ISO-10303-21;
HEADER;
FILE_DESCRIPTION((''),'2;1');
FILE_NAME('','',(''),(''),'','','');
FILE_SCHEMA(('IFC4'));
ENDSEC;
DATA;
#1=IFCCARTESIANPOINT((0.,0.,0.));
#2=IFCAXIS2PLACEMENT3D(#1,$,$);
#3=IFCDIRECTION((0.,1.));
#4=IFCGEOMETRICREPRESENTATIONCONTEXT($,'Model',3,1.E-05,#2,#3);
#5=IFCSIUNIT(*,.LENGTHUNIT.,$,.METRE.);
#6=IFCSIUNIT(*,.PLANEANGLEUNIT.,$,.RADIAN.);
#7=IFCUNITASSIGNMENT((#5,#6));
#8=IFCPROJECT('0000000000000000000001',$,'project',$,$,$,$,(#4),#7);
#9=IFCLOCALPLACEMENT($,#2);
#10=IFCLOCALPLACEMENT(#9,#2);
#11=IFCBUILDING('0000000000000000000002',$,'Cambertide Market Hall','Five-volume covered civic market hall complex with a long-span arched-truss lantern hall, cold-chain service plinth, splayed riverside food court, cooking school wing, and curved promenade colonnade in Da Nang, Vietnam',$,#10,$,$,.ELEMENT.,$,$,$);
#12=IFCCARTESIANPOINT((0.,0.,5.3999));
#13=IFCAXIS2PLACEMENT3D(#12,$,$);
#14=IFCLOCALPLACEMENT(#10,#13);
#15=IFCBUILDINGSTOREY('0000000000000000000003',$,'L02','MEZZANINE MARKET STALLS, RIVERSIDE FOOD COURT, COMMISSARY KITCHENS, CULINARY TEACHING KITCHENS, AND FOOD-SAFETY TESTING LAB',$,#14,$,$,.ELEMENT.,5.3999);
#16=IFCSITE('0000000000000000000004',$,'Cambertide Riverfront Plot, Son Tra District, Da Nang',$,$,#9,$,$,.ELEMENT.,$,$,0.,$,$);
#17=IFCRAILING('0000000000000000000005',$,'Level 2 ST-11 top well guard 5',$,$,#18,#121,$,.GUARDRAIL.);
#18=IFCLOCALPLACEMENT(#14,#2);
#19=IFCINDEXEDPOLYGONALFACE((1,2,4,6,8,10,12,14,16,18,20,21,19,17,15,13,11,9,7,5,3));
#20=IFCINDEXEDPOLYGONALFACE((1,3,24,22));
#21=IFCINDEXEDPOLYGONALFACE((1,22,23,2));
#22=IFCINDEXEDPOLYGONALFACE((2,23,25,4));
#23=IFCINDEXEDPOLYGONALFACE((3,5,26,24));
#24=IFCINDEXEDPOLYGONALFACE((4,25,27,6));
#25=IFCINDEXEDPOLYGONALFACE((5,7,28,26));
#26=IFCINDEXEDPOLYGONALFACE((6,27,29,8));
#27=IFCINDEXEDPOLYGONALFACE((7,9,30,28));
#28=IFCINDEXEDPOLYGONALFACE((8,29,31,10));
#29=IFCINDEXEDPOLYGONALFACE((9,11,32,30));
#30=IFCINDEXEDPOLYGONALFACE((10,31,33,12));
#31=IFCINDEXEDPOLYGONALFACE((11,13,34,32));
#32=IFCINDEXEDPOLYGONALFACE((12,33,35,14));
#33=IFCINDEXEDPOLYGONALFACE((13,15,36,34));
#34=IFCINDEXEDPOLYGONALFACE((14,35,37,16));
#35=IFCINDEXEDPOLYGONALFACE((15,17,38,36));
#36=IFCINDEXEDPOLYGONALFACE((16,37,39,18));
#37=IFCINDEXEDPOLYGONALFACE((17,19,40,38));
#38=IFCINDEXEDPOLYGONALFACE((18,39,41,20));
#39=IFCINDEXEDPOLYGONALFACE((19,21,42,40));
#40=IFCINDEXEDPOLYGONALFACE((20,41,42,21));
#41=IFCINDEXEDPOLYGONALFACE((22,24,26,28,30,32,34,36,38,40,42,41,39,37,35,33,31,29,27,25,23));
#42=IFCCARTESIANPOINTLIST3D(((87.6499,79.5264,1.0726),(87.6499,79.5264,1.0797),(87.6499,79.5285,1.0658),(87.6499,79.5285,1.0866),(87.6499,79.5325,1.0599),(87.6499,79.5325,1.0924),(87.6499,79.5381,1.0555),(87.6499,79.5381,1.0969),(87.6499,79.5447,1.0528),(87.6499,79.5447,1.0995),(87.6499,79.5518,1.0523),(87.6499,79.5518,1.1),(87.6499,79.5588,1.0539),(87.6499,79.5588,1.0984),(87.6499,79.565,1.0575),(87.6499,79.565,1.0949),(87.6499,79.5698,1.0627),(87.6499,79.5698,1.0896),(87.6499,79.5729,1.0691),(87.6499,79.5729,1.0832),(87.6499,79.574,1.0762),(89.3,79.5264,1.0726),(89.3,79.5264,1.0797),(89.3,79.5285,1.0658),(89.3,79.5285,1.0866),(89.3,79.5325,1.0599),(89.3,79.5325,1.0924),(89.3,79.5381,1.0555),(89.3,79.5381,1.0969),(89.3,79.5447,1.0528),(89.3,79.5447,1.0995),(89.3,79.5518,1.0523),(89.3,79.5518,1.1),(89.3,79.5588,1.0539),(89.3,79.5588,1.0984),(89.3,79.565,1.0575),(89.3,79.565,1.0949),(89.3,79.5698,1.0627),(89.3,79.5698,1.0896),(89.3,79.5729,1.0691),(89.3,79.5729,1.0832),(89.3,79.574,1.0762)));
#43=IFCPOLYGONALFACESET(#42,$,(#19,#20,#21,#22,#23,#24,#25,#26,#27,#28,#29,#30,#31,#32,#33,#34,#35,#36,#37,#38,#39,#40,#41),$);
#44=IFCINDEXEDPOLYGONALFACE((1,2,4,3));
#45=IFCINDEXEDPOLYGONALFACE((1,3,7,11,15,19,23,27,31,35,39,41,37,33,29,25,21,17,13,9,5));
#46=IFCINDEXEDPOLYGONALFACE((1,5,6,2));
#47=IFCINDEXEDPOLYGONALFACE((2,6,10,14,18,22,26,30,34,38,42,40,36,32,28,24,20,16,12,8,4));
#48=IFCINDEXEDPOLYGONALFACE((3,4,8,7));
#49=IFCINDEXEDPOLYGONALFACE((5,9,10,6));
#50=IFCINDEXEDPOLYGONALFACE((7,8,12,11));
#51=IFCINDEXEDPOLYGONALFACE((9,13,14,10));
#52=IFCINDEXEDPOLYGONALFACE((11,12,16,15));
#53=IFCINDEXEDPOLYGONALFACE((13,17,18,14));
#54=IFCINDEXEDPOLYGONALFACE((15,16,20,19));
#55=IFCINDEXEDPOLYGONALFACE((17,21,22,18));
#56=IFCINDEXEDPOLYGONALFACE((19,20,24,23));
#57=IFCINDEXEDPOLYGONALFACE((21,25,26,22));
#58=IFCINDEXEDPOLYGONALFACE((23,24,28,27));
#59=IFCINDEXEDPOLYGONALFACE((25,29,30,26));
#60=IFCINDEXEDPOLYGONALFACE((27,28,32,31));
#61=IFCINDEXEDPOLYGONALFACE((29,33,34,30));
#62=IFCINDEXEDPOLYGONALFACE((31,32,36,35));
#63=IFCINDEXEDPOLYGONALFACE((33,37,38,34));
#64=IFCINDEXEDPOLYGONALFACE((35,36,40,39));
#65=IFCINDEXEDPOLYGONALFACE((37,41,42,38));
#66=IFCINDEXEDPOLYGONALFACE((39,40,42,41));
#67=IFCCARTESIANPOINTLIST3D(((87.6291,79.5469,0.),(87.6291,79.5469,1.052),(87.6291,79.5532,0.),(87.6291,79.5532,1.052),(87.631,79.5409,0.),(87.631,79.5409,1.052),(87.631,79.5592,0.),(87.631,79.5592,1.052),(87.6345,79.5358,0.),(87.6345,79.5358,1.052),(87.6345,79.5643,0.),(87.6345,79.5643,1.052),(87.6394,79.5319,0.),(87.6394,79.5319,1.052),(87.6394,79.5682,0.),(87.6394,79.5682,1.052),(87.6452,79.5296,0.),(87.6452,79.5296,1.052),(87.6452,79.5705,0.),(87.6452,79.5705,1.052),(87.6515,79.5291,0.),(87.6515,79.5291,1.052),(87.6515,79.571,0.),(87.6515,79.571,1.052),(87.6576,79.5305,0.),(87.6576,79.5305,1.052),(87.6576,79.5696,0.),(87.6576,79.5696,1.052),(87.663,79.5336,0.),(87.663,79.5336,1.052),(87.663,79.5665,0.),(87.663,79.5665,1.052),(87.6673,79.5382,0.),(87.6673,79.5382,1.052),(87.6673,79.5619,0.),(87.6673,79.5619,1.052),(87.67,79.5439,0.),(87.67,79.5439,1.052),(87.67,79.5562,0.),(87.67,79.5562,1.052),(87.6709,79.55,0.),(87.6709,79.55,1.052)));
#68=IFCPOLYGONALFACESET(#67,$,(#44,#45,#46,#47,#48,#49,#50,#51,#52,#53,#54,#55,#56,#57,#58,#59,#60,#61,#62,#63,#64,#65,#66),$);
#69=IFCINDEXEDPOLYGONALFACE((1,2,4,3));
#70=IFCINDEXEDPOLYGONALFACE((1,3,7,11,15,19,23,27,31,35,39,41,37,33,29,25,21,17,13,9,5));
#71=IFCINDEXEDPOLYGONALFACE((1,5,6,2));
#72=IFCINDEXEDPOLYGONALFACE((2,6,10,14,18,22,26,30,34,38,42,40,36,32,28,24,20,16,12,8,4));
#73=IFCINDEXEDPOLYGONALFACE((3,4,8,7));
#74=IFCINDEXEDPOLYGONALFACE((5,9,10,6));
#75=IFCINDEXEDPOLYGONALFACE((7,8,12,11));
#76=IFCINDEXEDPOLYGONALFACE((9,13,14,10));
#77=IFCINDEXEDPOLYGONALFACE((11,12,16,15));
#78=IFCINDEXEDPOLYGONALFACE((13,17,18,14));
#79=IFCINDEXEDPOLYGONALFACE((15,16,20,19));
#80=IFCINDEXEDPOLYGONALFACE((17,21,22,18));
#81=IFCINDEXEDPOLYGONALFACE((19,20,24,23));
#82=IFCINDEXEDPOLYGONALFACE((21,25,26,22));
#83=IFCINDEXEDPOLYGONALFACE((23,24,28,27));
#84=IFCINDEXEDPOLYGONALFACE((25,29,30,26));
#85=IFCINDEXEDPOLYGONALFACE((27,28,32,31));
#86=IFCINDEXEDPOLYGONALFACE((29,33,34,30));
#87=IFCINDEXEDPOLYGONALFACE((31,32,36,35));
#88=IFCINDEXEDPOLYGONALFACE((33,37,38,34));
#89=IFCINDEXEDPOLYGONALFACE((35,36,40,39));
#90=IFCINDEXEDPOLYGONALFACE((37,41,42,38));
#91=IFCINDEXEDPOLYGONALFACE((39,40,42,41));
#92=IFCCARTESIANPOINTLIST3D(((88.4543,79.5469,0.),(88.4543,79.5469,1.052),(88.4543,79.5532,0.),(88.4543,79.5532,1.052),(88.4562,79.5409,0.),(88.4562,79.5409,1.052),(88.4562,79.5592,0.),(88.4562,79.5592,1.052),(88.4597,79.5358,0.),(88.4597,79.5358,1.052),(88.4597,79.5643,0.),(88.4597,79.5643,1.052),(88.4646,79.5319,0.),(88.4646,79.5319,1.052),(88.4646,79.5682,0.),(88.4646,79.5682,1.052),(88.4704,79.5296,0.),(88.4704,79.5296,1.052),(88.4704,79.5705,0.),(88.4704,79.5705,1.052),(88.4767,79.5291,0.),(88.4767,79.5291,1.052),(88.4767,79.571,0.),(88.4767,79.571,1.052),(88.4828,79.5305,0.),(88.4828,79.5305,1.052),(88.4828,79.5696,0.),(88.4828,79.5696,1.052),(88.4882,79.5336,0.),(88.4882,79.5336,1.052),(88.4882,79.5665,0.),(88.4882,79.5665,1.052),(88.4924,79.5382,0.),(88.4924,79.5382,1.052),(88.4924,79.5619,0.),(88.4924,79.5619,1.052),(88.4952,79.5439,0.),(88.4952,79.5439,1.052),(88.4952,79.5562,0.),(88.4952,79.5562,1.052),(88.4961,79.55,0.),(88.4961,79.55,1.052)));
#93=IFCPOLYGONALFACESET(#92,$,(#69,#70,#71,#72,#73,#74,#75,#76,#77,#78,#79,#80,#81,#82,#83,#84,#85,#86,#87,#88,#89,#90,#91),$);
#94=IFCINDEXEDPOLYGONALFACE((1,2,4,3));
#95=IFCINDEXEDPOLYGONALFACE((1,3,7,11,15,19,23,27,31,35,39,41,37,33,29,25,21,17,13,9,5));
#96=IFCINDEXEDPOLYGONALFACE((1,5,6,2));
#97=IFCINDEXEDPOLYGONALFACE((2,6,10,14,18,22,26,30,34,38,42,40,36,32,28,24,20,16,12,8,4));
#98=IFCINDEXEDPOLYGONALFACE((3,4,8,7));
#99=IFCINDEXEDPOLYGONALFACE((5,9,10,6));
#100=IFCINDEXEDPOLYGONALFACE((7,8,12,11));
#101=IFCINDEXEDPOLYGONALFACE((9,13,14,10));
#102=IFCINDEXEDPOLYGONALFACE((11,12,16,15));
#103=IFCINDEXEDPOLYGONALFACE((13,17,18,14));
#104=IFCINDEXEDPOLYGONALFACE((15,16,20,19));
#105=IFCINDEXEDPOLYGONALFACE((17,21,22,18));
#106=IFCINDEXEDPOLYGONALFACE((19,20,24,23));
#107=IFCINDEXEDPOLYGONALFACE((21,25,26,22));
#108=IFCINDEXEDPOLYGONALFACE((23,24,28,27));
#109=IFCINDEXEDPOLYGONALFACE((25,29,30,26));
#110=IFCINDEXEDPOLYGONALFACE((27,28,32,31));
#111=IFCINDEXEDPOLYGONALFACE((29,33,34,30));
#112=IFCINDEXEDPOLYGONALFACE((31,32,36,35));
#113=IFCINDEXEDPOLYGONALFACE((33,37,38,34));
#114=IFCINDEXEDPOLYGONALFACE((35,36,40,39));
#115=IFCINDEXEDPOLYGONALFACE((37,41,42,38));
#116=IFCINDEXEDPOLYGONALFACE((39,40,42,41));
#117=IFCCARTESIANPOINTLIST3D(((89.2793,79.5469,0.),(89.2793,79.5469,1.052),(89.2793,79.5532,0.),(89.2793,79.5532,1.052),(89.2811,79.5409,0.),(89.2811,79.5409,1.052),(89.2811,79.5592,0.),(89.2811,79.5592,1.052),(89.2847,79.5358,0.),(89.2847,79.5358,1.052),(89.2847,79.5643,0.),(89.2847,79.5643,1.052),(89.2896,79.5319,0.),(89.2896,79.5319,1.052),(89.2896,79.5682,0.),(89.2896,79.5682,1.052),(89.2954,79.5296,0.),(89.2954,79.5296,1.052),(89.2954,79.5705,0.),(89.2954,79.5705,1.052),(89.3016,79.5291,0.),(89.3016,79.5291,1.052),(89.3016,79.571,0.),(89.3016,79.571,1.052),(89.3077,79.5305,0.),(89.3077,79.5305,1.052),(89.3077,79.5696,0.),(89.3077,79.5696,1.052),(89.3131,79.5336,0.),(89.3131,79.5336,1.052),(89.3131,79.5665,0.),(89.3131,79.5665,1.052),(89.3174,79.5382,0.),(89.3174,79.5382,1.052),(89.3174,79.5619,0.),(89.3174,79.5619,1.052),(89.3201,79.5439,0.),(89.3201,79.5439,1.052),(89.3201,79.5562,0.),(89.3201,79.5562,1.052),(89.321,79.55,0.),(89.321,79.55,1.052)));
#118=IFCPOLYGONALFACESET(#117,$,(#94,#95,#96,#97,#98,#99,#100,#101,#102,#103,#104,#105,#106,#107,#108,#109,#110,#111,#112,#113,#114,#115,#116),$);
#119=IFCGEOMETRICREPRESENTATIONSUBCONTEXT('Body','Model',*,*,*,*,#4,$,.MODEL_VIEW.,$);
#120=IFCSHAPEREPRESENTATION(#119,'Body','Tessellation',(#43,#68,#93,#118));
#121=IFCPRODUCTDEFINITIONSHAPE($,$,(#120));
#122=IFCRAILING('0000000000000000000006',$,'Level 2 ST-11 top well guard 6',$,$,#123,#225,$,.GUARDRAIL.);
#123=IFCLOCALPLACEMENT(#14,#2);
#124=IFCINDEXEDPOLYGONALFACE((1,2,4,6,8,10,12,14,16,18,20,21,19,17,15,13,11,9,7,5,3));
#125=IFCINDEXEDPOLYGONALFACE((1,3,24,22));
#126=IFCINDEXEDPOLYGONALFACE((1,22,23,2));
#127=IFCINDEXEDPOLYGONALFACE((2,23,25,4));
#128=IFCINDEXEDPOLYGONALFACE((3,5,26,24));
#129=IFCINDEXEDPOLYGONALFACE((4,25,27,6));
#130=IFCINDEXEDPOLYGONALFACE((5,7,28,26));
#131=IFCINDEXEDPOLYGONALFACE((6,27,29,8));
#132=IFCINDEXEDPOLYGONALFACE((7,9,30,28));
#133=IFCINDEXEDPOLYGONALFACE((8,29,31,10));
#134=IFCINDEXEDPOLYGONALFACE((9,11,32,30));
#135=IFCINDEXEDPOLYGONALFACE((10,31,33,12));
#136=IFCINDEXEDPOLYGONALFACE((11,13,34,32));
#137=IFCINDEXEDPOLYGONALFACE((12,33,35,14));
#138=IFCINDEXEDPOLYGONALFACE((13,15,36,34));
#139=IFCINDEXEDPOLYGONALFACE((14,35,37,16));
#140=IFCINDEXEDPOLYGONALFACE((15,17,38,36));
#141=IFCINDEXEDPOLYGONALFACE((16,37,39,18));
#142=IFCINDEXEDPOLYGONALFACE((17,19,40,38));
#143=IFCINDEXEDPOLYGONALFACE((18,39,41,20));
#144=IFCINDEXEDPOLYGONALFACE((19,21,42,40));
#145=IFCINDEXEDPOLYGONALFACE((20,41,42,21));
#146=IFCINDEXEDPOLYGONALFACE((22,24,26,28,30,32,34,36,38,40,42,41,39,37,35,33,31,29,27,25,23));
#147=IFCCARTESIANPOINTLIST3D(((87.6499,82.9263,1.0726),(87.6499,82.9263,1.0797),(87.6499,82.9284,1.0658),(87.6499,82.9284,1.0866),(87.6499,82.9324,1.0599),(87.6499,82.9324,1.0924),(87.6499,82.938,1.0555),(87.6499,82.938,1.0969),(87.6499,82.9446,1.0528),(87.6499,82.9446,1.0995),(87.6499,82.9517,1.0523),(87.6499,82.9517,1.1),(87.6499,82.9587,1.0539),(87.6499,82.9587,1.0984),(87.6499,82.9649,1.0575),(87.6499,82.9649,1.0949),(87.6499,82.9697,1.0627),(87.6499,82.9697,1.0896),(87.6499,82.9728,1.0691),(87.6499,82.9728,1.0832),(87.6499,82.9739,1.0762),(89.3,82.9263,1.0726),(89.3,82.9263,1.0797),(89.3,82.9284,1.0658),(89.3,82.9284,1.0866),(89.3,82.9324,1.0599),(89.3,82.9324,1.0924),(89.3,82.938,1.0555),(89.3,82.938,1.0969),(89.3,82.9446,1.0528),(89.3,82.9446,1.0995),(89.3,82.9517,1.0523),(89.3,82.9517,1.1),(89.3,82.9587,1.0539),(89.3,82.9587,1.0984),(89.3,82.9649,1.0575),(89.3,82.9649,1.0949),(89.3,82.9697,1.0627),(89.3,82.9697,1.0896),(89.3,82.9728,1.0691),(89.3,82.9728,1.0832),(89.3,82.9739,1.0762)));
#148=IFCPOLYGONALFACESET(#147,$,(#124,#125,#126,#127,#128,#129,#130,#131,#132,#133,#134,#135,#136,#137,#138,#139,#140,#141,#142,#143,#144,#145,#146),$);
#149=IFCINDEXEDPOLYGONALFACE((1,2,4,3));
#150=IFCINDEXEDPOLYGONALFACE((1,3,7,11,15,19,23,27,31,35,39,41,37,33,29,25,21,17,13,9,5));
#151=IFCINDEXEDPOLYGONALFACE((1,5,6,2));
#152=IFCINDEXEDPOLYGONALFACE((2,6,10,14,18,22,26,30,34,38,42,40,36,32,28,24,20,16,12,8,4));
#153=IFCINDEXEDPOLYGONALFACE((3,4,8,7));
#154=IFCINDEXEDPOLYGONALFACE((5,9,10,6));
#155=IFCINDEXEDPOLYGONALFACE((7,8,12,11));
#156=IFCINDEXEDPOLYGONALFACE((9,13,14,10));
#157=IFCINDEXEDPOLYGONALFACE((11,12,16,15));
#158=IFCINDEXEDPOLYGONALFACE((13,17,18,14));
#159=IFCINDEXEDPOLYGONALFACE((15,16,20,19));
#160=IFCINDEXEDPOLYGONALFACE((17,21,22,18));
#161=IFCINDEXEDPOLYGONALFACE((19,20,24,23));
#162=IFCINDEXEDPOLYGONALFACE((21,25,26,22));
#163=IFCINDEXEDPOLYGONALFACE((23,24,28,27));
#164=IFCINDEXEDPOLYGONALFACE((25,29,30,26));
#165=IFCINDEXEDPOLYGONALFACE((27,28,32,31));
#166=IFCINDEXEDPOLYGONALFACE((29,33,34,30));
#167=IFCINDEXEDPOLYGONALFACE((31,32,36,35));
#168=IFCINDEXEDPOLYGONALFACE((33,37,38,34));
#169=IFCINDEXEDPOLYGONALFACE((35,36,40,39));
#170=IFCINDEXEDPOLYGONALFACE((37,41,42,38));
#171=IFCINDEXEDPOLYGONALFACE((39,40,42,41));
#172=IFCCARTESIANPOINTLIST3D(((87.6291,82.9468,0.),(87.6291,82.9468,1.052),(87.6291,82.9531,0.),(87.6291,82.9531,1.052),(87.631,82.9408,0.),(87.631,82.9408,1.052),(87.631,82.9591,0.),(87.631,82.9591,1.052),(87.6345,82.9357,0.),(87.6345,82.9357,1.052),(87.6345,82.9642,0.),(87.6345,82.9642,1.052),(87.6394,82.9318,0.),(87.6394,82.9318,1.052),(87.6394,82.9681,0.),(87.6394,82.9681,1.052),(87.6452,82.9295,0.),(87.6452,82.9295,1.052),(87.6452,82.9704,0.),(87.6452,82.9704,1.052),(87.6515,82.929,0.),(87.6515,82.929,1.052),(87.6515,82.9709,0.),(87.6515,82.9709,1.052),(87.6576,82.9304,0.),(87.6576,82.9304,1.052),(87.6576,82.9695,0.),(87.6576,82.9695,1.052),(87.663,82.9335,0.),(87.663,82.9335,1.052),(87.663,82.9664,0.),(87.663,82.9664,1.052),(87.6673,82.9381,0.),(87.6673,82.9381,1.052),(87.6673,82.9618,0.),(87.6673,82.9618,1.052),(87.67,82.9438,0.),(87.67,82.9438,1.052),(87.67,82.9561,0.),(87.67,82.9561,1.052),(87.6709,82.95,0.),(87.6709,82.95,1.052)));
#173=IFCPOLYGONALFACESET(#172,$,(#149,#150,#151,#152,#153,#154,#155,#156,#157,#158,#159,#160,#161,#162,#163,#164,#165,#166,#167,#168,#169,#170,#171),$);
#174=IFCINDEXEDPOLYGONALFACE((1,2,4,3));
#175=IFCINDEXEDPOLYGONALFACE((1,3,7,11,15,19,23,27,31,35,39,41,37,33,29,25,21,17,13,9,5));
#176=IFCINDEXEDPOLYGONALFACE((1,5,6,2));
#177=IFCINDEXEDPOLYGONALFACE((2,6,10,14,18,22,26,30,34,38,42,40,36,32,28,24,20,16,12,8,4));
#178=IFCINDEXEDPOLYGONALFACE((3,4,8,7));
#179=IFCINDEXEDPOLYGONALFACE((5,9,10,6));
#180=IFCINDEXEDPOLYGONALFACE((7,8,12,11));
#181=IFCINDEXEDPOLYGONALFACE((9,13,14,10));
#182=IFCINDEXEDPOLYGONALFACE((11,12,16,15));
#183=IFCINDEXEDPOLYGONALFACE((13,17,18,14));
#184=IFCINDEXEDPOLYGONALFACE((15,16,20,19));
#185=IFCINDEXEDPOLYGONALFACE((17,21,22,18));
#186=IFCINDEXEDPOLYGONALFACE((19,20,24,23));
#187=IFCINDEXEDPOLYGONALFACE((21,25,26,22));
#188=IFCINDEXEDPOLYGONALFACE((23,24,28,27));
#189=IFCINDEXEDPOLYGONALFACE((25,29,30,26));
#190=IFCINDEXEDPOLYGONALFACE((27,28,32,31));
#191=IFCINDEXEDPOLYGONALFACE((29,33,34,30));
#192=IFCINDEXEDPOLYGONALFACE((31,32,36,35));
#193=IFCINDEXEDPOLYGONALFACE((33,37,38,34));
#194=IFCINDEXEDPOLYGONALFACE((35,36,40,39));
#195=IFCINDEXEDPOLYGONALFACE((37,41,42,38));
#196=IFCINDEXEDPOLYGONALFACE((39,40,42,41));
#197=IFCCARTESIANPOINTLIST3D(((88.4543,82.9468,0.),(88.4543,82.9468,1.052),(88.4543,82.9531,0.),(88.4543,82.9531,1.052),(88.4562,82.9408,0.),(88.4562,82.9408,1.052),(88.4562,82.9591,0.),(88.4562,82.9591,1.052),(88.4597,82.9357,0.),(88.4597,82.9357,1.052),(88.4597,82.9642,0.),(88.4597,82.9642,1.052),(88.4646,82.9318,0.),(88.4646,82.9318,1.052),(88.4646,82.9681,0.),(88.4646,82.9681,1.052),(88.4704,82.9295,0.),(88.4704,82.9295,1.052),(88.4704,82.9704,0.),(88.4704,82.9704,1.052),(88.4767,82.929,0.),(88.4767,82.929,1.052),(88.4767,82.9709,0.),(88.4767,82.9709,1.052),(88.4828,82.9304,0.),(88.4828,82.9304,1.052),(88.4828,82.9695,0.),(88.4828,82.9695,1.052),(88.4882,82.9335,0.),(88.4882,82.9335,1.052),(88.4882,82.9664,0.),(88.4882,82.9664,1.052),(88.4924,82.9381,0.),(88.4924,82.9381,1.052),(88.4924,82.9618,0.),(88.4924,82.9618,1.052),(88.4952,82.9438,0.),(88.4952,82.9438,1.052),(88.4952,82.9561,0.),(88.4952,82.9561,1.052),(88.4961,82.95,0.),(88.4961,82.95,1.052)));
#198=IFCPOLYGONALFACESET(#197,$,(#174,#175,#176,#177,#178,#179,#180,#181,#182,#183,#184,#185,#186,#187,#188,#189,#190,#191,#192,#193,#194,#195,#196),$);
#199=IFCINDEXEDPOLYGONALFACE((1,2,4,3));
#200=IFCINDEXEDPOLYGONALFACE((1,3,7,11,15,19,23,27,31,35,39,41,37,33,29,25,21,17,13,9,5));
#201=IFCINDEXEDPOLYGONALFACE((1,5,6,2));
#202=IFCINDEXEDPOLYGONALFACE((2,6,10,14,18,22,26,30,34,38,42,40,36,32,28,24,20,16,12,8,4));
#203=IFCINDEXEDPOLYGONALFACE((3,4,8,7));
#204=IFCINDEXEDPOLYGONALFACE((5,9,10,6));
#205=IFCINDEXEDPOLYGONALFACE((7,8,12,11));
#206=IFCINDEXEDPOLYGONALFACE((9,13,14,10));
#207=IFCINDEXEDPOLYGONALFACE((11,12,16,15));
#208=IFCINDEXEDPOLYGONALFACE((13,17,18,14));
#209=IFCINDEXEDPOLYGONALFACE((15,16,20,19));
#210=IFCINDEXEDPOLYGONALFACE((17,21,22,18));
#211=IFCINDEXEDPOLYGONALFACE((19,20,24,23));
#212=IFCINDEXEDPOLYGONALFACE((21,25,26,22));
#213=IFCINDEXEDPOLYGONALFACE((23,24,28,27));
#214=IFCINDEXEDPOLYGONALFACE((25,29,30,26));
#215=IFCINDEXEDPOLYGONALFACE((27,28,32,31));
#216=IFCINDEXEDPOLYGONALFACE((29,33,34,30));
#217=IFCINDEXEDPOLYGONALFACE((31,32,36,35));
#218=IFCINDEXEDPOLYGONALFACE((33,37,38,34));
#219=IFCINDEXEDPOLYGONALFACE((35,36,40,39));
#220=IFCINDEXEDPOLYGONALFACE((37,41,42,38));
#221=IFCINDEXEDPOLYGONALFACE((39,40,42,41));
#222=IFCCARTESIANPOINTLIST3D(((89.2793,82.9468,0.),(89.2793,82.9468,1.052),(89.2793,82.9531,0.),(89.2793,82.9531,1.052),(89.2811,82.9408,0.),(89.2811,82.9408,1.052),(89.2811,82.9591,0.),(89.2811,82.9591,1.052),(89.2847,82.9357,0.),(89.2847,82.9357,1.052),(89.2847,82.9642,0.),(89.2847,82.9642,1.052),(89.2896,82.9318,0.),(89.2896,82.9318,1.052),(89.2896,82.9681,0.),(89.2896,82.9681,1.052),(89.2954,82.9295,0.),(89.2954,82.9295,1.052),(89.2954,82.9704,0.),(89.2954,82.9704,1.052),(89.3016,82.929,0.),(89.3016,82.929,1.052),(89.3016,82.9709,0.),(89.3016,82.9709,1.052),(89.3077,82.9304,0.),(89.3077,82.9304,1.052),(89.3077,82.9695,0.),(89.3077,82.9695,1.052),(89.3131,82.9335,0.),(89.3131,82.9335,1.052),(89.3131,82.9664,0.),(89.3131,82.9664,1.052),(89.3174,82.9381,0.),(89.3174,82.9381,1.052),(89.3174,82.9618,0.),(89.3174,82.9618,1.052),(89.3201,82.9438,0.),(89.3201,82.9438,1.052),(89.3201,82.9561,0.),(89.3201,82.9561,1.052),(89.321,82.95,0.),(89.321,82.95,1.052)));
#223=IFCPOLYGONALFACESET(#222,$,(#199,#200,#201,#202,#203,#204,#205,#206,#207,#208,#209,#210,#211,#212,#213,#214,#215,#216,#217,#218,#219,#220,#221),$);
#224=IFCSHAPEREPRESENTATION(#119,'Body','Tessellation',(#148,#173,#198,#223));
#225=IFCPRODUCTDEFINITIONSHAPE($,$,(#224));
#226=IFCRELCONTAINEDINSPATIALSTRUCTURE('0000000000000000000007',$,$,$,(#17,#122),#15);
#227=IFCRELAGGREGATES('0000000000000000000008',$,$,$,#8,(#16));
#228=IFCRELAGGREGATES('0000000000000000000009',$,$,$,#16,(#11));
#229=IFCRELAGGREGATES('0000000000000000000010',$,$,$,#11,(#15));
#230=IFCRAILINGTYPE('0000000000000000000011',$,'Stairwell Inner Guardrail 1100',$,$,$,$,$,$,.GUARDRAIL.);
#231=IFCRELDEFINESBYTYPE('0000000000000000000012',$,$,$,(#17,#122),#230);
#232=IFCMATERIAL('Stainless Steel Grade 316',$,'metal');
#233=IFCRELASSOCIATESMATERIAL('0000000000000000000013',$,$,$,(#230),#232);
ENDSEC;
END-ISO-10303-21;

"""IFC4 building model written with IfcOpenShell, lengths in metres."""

from ifc_helpers import new_model, si_unit, direction, frame, origin, origin_2d, place, context, subcontext, project, spatial, circle, extrude, material, type_object, element, save


model = new_model("IFC4")

# Units and contexts
model_context = context("Model", 3, precision=1e-05, world=origin(), true_north=direction((0.0, 1.0)))
body_context = subcontext(model_context, "Body", "Model", "MODEL_VIEW")
ifc_project = project(units=[si_unit("LENGTHUNIT", "METRE"), si_unit("PLANEANGLEUNIT", "RADIAN")], contexts=[model_context])

# Site, building, storey
site_placement = place(None, origin())
site = spatial("IfcSite", under=ifc_project, at=site_placement, Name="Cambertide Riverfront Plot, Son Tra District, Da Nang", CompositionType="ELEMENT", RefElevation=0.0)
building_placement = place(site_placement, origin())
building = spatial("IfcBuilding", under=site, at=building_placement, Name="Cambertide Market Hall", Description="Five-volume covered civic market hall complex with a long-span arched-truss lantern hall, cold-chain service plinth, splayed riverside food court, cooking school wing, and curved promenade colonnade in Da Nang, Vietnam", CompositionType="ELEMENT")
storey_placement = place(building_placement, frame((0.0, 0.0, 5.3999)))
storey = spatial("IfcBuildingStorey", under=building, at=storey_placement, Name="L02", Description="MEZZANINE MARKET STALLS, RIVERSIDE FOOD COURT, COMMISSARY KITCHENS, CULINARY TEACHING KITCHENS, AND FOOD-SAFETY TESTING LAB", CompositionType="ELEMENT", Elevation=5.3999)

# Railings
ifc_material_1 = material(Name="Stainless Steel Grade 316", Category="metal")
railing_type = type_object("IfcRailingType", Name="Stairwell Inner Guardrail 1100", PredefinedType="GUARDRAIL", material=ifc_material_1)
for number, where, name in (
    (1, (87.6499, 79.55, 0.0), "Level 2 ST-11 top well guard 5"),
    (2, (87.6499, 82.95, 0.0), "Level 2 ST-11 top well guard 6"),
):
    element("IfcRailing", number, at=place(storey_placement, frame(where)), inside=storey, type_object=railing_type, Name=name, PredefinedType="GUARDRAIL", context=body_context, shape_type="SweptSolid", body=[
        extrude(circle(Radius=0.0239, at=origin_2d()), frame((0.0, 0.0, 1.0762), z_axis=(1.0, 0.0, 0.0), x_axis=(0.0, 1.0, 0.0)), (0.0, 0.0, 1.0), 1.6501),
        extrude(circle(Radius=0.021, at=origin_2d()), origin(), (0.0, 0.0, 1.0), 1.052),
        extrude(circle(Radius=0.021, at=origin_2d()), frame((0.8252, 0.0, 0.0)), (0.0, 0.0, 1.0), 1.052),
        extrude(circle(Radius=0.021, at=origin_2d()), frame((1.6501, 0.0, 0.0)), (0.0, 0.0, 1.0), 1.052),
    ])

save(model, "model.ifc")
